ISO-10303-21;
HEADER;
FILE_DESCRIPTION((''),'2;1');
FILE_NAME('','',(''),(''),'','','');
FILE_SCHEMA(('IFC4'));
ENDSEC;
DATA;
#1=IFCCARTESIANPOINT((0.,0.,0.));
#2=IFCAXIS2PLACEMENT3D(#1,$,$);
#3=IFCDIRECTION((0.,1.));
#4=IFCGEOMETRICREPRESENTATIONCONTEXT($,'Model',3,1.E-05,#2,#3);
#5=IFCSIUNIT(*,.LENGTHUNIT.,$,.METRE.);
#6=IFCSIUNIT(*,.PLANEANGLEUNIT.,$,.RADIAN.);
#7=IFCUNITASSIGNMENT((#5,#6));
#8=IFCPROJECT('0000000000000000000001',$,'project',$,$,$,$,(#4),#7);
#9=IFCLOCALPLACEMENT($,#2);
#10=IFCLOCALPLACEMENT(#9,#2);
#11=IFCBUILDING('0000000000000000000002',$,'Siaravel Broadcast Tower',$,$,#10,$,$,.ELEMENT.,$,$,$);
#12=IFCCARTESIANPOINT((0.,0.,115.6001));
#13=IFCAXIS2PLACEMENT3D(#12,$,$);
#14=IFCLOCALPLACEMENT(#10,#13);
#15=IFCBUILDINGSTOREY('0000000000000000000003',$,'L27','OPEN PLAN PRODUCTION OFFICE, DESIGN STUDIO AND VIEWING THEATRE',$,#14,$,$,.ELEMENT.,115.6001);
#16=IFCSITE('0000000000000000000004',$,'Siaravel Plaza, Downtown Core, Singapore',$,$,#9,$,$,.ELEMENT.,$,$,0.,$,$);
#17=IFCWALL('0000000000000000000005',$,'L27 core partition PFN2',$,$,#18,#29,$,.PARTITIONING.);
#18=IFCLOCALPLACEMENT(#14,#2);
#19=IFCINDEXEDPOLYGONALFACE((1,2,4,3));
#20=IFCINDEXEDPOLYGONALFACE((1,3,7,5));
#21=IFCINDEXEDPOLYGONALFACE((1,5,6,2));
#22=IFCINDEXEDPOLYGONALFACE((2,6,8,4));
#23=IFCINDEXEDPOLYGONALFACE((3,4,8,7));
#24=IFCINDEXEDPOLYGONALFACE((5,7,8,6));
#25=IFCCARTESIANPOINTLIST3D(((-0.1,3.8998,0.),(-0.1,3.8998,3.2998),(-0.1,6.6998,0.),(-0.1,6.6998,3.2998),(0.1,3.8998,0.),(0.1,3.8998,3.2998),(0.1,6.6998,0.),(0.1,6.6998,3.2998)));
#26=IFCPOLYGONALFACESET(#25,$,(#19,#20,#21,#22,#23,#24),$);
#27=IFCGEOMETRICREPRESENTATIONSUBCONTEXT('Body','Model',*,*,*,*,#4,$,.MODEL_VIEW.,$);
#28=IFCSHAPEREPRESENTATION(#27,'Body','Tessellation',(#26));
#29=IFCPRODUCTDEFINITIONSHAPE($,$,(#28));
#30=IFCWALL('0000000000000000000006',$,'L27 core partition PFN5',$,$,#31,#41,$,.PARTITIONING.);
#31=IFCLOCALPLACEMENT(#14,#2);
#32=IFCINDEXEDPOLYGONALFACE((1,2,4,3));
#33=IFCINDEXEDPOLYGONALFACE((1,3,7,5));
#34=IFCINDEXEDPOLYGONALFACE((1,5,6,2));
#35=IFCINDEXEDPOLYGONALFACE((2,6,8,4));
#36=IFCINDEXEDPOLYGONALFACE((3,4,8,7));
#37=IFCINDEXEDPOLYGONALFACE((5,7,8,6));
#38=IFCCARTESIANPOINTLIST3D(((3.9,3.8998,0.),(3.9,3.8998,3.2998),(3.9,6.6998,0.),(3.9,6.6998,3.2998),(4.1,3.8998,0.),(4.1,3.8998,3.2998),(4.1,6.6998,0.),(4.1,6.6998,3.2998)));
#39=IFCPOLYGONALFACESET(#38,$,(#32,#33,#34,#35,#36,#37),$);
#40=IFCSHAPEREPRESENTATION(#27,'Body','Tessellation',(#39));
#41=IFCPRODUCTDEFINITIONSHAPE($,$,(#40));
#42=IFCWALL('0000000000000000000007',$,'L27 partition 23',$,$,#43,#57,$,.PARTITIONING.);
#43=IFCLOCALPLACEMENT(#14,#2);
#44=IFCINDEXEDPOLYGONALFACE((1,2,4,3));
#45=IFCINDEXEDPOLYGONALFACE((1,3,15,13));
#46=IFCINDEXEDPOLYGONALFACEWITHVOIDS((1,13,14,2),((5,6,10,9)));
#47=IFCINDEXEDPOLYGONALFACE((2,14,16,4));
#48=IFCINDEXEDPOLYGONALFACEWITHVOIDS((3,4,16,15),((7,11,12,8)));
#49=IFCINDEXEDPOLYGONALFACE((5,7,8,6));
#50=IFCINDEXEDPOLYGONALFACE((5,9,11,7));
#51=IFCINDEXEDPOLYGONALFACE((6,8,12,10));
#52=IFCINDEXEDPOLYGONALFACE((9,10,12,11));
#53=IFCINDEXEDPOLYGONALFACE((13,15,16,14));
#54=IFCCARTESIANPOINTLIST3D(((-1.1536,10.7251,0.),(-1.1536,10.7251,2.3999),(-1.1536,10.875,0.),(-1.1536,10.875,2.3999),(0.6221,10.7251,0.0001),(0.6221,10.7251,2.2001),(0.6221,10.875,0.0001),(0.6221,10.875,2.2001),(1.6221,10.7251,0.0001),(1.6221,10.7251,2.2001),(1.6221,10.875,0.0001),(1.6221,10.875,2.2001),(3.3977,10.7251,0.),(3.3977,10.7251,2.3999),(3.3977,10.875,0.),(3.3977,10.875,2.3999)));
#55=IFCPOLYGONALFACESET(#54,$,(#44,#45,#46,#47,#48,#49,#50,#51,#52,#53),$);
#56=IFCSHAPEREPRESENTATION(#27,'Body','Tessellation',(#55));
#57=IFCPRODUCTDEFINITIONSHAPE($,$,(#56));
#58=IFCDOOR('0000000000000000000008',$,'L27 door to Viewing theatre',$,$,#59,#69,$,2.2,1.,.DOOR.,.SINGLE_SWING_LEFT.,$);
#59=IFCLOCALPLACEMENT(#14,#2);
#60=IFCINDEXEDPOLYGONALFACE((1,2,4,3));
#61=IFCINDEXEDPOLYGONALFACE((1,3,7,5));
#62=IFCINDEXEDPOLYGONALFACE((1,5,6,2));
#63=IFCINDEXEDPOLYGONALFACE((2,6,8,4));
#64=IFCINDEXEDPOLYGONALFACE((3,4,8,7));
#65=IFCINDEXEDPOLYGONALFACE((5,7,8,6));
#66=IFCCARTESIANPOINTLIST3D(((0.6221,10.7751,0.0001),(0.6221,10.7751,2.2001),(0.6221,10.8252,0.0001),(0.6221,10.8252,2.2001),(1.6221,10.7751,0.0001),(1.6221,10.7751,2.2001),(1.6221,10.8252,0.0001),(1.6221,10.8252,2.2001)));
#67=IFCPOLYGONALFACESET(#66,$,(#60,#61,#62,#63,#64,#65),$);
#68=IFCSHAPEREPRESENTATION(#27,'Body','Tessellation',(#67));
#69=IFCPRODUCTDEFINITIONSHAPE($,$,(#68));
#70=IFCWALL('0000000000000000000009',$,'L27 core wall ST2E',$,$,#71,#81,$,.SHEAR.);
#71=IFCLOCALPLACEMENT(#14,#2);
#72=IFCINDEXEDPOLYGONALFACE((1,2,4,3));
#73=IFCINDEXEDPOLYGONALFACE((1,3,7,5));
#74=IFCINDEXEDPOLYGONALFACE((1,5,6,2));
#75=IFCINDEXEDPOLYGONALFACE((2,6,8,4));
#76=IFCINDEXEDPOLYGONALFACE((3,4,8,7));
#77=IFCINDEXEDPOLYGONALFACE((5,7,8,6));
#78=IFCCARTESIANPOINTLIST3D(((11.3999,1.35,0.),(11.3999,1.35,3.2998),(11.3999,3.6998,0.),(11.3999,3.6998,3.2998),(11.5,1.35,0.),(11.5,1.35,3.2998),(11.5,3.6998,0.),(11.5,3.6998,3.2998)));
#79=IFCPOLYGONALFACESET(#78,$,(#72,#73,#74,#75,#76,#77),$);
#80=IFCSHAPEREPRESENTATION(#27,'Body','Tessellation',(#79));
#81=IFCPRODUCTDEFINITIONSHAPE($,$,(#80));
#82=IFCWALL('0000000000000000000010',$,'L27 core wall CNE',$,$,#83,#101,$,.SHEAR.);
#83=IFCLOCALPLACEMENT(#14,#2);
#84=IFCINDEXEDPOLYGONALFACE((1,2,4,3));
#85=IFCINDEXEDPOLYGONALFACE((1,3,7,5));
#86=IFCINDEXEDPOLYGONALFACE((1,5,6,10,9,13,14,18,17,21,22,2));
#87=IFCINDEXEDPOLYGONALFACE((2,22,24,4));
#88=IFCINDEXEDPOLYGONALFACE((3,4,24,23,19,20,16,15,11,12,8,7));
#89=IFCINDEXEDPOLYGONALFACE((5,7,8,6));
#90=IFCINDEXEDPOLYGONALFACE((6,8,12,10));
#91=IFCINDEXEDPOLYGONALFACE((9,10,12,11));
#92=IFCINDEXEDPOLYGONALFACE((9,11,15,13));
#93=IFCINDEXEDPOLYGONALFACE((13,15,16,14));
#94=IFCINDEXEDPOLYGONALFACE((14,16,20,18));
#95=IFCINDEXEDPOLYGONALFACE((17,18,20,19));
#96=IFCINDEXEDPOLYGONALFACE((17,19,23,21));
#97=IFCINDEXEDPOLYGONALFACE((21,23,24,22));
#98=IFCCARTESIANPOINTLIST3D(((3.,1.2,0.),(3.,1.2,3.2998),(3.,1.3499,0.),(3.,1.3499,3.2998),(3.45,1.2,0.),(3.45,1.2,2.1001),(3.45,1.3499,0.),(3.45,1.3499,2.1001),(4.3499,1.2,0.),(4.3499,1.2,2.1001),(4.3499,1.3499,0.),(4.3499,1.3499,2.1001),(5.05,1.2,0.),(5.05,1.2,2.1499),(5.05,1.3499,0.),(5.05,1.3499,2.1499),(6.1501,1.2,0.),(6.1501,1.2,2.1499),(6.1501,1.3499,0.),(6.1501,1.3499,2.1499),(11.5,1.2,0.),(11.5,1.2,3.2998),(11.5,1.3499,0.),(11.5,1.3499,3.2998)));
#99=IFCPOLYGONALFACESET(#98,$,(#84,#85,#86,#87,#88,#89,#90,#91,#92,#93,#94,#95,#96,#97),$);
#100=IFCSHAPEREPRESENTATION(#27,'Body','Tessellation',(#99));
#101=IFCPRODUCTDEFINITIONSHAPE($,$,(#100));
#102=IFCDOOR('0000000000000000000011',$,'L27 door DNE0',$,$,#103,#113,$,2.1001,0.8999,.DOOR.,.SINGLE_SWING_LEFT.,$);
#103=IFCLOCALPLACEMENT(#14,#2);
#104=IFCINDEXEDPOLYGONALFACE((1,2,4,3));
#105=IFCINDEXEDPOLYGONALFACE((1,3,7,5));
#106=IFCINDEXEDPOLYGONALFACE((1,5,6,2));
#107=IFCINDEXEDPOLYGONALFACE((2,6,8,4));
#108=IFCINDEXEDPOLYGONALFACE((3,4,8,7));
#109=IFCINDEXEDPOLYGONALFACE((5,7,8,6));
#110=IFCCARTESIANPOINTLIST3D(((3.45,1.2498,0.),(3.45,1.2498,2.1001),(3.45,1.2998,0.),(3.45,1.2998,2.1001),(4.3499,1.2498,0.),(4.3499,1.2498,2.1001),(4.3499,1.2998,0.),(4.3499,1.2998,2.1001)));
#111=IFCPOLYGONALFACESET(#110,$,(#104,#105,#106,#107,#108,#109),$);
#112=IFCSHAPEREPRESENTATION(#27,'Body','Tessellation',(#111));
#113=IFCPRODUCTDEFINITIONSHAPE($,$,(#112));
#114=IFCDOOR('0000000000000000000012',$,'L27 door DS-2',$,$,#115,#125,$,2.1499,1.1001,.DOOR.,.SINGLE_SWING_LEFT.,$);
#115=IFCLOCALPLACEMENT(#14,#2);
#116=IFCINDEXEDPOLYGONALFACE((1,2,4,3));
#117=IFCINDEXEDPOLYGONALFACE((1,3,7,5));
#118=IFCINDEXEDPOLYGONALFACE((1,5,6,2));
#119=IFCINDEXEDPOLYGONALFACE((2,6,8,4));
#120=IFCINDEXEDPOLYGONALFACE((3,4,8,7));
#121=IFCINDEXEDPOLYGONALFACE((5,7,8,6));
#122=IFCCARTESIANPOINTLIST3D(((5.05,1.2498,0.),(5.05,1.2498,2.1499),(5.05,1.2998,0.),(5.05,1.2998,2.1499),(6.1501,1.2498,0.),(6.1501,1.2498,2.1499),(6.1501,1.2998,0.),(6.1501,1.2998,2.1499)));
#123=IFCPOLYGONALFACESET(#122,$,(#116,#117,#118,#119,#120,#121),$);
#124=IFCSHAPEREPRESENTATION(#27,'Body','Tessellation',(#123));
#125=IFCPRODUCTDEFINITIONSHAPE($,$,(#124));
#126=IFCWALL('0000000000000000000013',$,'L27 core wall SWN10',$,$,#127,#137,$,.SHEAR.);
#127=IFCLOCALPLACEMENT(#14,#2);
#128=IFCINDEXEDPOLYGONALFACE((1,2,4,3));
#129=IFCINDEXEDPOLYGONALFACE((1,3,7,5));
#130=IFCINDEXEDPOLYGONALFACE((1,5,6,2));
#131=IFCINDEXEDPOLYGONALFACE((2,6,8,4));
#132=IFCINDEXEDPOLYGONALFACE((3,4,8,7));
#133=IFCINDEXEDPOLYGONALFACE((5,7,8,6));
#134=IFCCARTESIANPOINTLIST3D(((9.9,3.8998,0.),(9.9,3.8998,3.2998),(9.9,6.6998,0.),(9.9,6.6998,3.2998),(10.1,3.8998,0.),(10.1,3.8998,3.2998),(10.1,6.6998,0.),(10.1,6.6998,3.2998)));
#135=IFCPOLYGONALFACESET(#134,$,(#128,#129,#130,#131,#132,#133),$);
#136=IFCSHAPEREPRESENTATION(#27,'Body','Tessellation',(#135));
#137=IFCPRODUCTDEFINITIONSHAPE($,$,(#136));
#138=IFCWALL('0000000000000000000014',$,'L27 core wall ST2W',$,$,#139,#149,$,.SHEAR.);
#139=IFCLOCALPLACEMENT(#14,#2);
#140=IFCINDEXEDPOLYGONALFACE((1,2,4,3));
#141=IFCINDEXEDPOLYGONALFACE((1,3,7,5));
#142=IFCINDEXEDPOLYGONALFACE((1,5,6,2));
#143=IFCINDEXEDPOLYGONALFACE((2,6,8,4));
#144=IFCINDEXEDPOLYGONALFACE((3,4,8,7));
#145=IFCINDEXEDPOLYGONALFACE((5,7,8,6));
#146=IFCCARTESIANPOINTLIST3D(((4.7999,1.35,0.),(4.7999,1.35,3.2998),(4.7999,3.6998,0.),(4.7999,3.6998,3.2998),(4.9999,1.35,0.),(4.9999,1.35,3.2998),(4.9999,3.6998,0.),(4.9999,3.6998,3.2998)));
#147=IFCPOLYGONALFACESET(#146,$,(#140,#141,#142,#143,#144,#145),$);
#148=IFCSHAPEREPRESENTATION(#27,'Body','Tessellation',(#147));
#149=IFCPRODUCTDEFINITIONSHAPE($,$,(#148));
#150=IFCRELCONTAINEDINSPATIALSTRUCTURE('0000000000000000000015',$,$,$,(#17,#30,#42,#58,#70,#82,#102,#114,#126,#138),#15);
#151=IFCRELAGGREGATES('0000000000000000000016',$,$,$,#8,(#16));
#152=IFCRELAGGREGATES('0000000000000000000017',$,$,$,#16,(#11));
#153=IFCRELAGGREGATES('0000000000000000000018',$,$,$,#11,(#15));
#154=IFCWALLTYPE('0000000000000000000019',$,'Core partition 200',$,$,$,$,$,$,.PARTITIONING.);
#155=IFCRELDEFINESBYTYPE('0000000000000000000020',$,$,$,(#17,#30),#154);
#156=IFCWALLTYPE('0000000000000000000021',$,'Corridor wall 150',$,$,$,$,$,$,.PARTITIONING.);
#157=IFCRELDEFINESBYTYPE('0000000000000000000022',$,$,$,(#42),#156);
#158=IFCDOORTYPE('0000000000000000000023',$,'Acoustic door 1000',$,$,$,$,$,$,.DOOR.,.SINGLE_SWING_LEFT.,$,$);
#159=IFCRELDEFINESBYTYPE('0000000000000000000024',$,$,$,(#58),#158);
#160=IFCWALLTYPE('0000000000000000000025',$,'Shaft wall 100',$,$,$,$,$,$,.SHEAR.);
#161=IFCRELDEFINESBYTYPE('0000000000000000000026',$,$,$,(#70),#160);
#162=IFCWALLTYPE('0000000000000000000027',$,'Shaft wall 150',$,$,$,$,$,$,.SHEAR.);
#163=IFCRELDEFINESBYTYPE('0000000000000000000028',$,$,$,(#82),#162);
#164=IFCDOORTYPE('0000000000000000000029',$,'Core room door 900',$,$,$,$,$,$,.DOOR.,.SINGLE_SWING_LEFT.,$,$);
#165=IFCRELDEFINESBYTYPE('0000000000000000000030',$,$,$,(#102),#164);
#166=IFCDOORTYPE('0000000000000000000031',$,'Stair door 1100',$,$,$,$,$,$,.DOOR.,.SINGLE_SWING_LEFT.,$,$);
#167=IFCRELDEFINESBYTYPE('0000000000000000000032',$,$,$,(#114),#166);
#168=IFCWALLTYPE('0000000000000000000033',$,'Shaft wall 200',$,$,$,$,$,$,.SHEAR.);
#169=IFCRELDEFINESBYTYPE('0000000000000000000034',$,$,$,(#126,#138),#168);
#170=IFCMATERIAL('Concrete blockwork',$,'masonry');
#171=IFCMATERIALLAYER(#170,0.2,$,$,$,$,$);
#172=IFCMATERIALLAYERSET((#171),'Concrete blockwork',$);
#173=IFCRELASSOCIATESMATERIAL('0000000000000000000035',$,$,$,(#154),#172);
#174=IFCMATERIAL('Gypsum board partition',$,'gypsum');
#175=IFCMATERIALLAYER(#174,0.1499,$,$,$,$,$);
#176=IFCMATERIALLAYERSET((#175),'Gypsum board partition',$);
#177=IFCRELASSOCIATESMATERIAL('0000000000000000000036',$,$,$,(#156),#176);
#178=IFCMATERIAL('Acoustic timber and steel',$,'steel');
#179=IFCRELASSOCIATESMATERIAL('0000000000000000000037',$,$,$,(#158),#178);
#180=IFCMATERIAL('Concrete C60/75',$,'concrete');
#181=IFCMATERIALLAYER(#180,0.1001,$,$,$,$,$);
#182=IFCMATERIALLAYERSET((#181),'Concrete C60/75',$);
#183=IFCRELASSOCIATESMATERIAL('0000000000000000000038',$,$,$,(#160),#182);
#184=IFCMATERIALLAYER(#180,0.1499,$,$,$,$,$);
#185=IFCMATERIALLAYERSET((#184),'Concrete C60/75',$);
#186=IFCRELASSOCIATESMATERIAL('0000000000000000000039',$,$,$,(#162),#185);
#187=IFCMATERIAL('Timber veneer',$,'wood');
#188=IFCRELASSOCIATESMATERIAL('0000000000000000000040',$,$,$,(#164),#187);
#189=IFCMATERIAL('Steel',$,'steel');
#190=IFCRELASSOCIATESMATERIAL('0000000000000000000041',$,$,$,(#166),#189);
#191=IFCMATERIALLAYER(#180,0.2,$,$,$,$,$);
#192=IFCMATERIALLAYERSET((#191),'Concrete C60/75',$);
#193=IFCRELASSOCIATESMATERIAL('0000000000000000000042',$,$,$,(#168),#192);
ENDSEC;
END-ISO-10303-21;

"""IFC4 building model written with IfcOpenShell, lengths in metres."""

from ifc_helpers import new_model, si_unit, direction, frame, frame_2d, origin, place, context, subcontext, project, spatial, rectangle, extrude, material, layer, layer_set, type_object, element, fill, save


model = new_model("IFC4")

# Units and contexts
model_context = context("Model", 3, precision=1e-05, world=origin(), true_north=direction((0.0, 1.0)))
body_context = subcontext(model_context, "Body", "Model", "MODEL_VIEW")
ifc_project = project(units=[si_unit("LENGTHUNIT", "METRE"), si_unit("PLANEANGLEUNIT", "RADIAN")], contexts=[model_context])

# Site, building, storey
site_placement = place(None, origin())
site = spatial("IfcSite", under=ifc_project, at=site_placement, Name="Siaravel Plaza, Downtown Core, Singapore", CompositionType="ELEMENT", RefElevation=0.0)
building_placement = place(site_placement, origin())
building = spatial("IfcBuilding", under=site, at=building_placement, Name="Siaravel Broadcast Tower", CompositionType="ELEMENT")
storey_placement = place(building_placement, frame((0.0, 0.0, 115.6001)))
storey = spatial("IfcBuildingStorey", under=building, at=storey_placement, Name="L27", Description="OPEN PLAN PRODUCTION OFFICE, DESIGN STUDIO AND VIEWING THEATRE", CompositionType="ELEMENT", Elevation=115.6001)

# Walls
ifc_material_1 = material(Name="Concrete blockwork", Category="masonry")
ifc_layer_1 = layer(ifc_material_1, 0.2)
ifc_layer_set_1 = layer_set([ifc_layer_1], Name="Concrete blockwork")
wall_type_1 = type_object("IfcWallType", Name="Core partition 200", PredefinedType="PARTITIONING", material=ifc_layer_set_1)
for number, where, z_axis, x_axis, name in (
    (1, (0.0, 3.8999, 0.0), (0.0, 0.0, 1.0), (0.0, 1.0, 0.0), "L27 core partition PFN2"),
    (2, (4.0, 3.8999, 0.0), (0.0, 0.0, 1.0), (0.0, 1.0, 0.0), "L27 core partition PFN5"),
):
    element("IfcWall", number, at=place(storey_placement, frame(where, z_axis=z_axis, x_axis=x_axis)), inside=storey, type_object=wall_type_1, Name=name, PredefinedType="PARTITIONING", context=body_context, shape_type="SweptSolid", body=[
        extrude(rectangle(XDim=2.8, YDim=0.2, at=frame_2d((1.3999, 0.0))), origin(), (0.0, 0.0, 1.0), 3.2998),
    ])

# Wall, opening, door
ifc_material_2 = material(Name="Gypsum board partition", Category="gypsum")
ifc_layer_2 = layer(ifc_material_2, 0.1499)
ifc_layer_set_2 = layer_set([ifc_layer_2], Name="Gypsum board partition")
wall_type_2 = type_object("IfcWallType", Name="Corridor wall 150", PredefinedType="PARTITIONING", material=ifc_layer_set_2)
wall_1_placement = place(storey_placement, frame((3.3977, 10.8, 0.0), z_axis=(0.0, 0.0, 1.0), x_axis=(-1.0, 0.0, 0.0)))
wall_1 = element("IfcWall", 3, at=wall_1_placement, inside=storey, type_object=wall_type_2, Name="L27 partition 23", PredefinedType="PARTITIONING", context=body_context, shape_type="SweptSolid", body=[
    extrude(rectangle(XDim=4.5513, YDim=0.1499, at=frame_2d((2.2756, 0.0))), origin(), (0.0, 0.0, 1.0), 2.3999),
])
opening_1_placement = place(wall_1_placement, frame((1.7756, 0.0, 0.0)))
opening_1 = element("IfcOpeningElement", 4, at=opening_1_placement, cuts=wall_1, PredefinedType="OPENING", context=body_context, shape_type="SweptSolid", body=[
    extrude(rectangle(XDim=1.0, YDim=2.2, at=frame_2d((0.5, 1.1001))), frame((0.0, 0.085, 0.0), z_axis=(0.0, -1.0, 0.0), x_axis=(1.0, 0.0, 0.0)), (0.0, 0.0, 1.0), 0.1699),
])
ifc_material_3 = material(Name="Acoustic timber and steel", Category="steel")
door_type_1 = type_object("IfcDoorType", Name="Acoustic door 1000", OperationType="SINGLE_SWING_LEFT", PredefinedType="DOOR", material=ifc_material_3)
door_1_placement = place(opening_1_placement, origin())
door_1 = element("IfcDoor", 5, at=door_1_placement, inside=storey, type_object=door_type_1, Name="L27 door to Viewing theatre", OperationType="SINGLE_SWING_LEFT", OverallHeight=2.2, OverallWidth=1.0, PredefinedType="DOOR", context=body_context, shape_type="SweptSolid", body=[
    extrude(rectangle(XDim=1.0, YDim=2.2, at=frame_2d((0.5, 1.1001))), frame((0.0, 0.0249, 0.0), z_axis=(0.0, -1.0, 0.0), x_axis=(1.0, 0.0, 0.0)), (0.0, 0.0, 1.0), 0.05),
])
fill(opening_1, door_1)
ifc_material_4 = material(Name="Timber veneer", Category="wood")

# Wall
ifc_material_5 = material(Name="Concrete C60/75", Category="concrete")
ifc_layer_3 = layer(ifc_material_5, 0.1001)
ifc_layer_set_3 = layer_set([ifc_layer_3], Name="Concrete C60/75")
wall_type_3 = type_object("IfcWallType", Name="Shaft wall 100", PredefinedType="SHEAR", material=ifc_layer_set_3)
wall_2_placement = place(storey_placement, frame((11.45, 1.3501, 0.0), z_axis=(0.0, 0.0, 1.0), x_axis=(0.0, 1.0, 0.0)))
element("IfcWall", 6, at=wall_2_placement, inside=storey, type_object=wall_type_3, Name="L27 core wall ST2E", PredefinedType="SHEAR", context=body_context, shape_type="SweptSolid", body=[
    extrude(rectangle(XDim=2.3499, YDim=0.1001, at=frame_2d((1.1748, 0.0))), origin(), (0.0, 0.0, 1.0), 3.2998),
])

# Wall, openings, doors
ifc_layer_4 = layer(ifc_material_5, 0.1499)
ifc_layer_set_4 = layer_set([ifc_layer_4], Name="Concrete C60/75")
wall_type_4 = type_object("IfcWallType", Name="Shaft wall 150", PredefinedType="SHEAR", material=ifc_layer_set_4)
wall_3_placement = place(storey_placement, frame((3.0, 1.2749, 0.0), z_axis=(0.0, 0.0, 1.0), x_axis=(1.0, 0.0, 0.0)))
wall_3 = element("IfcWall", 7, at=wall_3_placement, inside=storey, type_object=wall_type_4, Name="L27 core wall CNE", PredefinedType="SHEAR", context=body_context, shape_type="SweptSolid", body=[
    extrude(rectangle(XDim=8.5, YDim=0.1499, at=frame_2d((4.25, 0.0))), origin(), (0.0, 0.0, 1.0), 3.2998),
])
opening_2_placement = place(wall_3_placement, frame((2.05, 0.0, 0.0)))
opening_2 = element("IfcOpeningElement", 8, at=opening_2_placement, cuts=wall_3, PredefinedType="OPENING", context=body_context, shape_type="SweptSolid", body=[
    extrude(rectangle(XDim=1.1001, YDim=2.1499, at=frame_2d((0.55, 1.075))), frame((0.0, 0.085, 0.0), z_axis=(0.0, -1.0, 0.0), x_axis=(1.0, 0.0, 0.0)), (0.0, 0.0, 1.0), 0.1699),
])
opening_3_placement = place(wall_3_placement, frame((0.45, 0.0, 0.0)))
opening_3 = element("IfcOpeningElement", 9, at=opening_3_placement, cuts=wall_3, PredefinedType="OPENING", context=body_context, shape_type="SweptSolid", body=[
    extrude(rectangle(XDim=0.8999, YDim=2.1001, at=frame_2d((0.45, 1.05))), frame((0.0, 0.085, 0.0), z_axis=(0.0, -1.0, 0.0), x_axis=(1.0, 0.0, 0.0)), (0.0, 0.0, 1.0), 0.1699),
])
door_type_2 = type_object("IfcDoorType", Name="Core room door 900", OperationType="SINGLE_SWING_LEFT", PredefinedType="DOOR", material=ifc_material_4)
door_2_placement = place(opening_3_placement, origin())
door_2 = element("IfcDoor", 10, at=door_2_placement, inside=storey, type_object=door_type_2, Name="L27 door DNE0", OperationType="SINGLE_SWING_LEFT", OverallHeight=2.1001, OverallWidth=0.8999, PredefinedType="DOOR", context=body_context, shape_type="SweptSolid", body=[
    extrude(rectangle(XDim=0.8999, YDim=2.1001, at=frame_2d((0.45, 1.05))), frame((0.0, 0.0249, 0.0), z_axis=(0.0, -1.0, 0.0), x_axis=(1.0, 0.0, 0.0)), (0.0, 0.0, 1.0), 0.05),
])
fill(opening_3, door_2)
ifc_material_6 = material(Name="Steel", Category="steel")
door_type_3 = type_object("IfcDoorType", Name="Stair door 1100", OperationType="SINGLE_SWING_LEFT", PredefinedType="DOOR", material=ifc_material_6)
door_3_placement = place(opening_2_placement, origin())
door_3 = element("IfcDoor", 11, at=door_3_placement, inside=storey, type_object=door_type_3, Name="L27 door DS-2", OperationType="SINGLE_SWING_LEFT", OverallHeight=2.1499, OverallWidth=1.1001, PredefinedType="DOOR", context=body_context, shape_type="SweptSolid", body=[
    extrude(rectangle(XDim=1.1001, YDim=2.1499, at=frame_2d((0.55, 1.075))), frame((0.0, 0.0249, 0.0), z_axis=(0.0, -1.0, 0.0), x_axis=(1.0, 0.0, 0.0)), (0.0, 0.0, 1.0), 0.05),
])
fill(opening_2, door_3)

# Walls
ifc_layer_5 = layer(ifc_material_5, 0.2)
ifc_layer_set_5 = layer_set([ifc_layer_5], Name="Concrete C60/75")
wall_type_5 = type_object("IfcWallType", Name="Shaft wall 200", PredefinedType="SHEAR", material=ifc_layer_set_5)
wall_4_placement = place(storey_placement, frame((10.0, 3.8999, 0.0), z_axis=(0.0, 0.0, 1.0), x_axis=(0.0, 1.0, 0.0)))
element("IfcWall", 12, at=wall_4_placement, inside=storey, type_object=wall_type_5, Name="L27 core wall SWN10", PredefinedType="SHEAR", context=body_context, shape_type="SweptSolid", body=[
    extrude(rectangle(XDim=2.8, YDim=0.2, at=frame_2d((1.3999, 0.0))), origin(), (0.0, 0.0, 1.0), 3.2998),
])
wall_5_placement = place(storey_placement, frame((4.8999, 1.3501, 0.0), z_axis=(0.0, 0.0, 1.0), x_axis=(0.0, 1.0, 0.0)))
element("IfcWall", 13, at=wall_5_placement, inside=storey, type_object=wall_type_5, Name="L27 core wall ST2W", PredefinedType="SHEAR", context=body_context, shape_type="SweptSolid", body=[
    extrude(rectangle(XDim=2.3499, YDim=0.2, at=frame_2d((1.1748, 0.0))), origin(), (0.0, 0.0, 1.0), 3.2998),
])

save(model, "model.ifc")
